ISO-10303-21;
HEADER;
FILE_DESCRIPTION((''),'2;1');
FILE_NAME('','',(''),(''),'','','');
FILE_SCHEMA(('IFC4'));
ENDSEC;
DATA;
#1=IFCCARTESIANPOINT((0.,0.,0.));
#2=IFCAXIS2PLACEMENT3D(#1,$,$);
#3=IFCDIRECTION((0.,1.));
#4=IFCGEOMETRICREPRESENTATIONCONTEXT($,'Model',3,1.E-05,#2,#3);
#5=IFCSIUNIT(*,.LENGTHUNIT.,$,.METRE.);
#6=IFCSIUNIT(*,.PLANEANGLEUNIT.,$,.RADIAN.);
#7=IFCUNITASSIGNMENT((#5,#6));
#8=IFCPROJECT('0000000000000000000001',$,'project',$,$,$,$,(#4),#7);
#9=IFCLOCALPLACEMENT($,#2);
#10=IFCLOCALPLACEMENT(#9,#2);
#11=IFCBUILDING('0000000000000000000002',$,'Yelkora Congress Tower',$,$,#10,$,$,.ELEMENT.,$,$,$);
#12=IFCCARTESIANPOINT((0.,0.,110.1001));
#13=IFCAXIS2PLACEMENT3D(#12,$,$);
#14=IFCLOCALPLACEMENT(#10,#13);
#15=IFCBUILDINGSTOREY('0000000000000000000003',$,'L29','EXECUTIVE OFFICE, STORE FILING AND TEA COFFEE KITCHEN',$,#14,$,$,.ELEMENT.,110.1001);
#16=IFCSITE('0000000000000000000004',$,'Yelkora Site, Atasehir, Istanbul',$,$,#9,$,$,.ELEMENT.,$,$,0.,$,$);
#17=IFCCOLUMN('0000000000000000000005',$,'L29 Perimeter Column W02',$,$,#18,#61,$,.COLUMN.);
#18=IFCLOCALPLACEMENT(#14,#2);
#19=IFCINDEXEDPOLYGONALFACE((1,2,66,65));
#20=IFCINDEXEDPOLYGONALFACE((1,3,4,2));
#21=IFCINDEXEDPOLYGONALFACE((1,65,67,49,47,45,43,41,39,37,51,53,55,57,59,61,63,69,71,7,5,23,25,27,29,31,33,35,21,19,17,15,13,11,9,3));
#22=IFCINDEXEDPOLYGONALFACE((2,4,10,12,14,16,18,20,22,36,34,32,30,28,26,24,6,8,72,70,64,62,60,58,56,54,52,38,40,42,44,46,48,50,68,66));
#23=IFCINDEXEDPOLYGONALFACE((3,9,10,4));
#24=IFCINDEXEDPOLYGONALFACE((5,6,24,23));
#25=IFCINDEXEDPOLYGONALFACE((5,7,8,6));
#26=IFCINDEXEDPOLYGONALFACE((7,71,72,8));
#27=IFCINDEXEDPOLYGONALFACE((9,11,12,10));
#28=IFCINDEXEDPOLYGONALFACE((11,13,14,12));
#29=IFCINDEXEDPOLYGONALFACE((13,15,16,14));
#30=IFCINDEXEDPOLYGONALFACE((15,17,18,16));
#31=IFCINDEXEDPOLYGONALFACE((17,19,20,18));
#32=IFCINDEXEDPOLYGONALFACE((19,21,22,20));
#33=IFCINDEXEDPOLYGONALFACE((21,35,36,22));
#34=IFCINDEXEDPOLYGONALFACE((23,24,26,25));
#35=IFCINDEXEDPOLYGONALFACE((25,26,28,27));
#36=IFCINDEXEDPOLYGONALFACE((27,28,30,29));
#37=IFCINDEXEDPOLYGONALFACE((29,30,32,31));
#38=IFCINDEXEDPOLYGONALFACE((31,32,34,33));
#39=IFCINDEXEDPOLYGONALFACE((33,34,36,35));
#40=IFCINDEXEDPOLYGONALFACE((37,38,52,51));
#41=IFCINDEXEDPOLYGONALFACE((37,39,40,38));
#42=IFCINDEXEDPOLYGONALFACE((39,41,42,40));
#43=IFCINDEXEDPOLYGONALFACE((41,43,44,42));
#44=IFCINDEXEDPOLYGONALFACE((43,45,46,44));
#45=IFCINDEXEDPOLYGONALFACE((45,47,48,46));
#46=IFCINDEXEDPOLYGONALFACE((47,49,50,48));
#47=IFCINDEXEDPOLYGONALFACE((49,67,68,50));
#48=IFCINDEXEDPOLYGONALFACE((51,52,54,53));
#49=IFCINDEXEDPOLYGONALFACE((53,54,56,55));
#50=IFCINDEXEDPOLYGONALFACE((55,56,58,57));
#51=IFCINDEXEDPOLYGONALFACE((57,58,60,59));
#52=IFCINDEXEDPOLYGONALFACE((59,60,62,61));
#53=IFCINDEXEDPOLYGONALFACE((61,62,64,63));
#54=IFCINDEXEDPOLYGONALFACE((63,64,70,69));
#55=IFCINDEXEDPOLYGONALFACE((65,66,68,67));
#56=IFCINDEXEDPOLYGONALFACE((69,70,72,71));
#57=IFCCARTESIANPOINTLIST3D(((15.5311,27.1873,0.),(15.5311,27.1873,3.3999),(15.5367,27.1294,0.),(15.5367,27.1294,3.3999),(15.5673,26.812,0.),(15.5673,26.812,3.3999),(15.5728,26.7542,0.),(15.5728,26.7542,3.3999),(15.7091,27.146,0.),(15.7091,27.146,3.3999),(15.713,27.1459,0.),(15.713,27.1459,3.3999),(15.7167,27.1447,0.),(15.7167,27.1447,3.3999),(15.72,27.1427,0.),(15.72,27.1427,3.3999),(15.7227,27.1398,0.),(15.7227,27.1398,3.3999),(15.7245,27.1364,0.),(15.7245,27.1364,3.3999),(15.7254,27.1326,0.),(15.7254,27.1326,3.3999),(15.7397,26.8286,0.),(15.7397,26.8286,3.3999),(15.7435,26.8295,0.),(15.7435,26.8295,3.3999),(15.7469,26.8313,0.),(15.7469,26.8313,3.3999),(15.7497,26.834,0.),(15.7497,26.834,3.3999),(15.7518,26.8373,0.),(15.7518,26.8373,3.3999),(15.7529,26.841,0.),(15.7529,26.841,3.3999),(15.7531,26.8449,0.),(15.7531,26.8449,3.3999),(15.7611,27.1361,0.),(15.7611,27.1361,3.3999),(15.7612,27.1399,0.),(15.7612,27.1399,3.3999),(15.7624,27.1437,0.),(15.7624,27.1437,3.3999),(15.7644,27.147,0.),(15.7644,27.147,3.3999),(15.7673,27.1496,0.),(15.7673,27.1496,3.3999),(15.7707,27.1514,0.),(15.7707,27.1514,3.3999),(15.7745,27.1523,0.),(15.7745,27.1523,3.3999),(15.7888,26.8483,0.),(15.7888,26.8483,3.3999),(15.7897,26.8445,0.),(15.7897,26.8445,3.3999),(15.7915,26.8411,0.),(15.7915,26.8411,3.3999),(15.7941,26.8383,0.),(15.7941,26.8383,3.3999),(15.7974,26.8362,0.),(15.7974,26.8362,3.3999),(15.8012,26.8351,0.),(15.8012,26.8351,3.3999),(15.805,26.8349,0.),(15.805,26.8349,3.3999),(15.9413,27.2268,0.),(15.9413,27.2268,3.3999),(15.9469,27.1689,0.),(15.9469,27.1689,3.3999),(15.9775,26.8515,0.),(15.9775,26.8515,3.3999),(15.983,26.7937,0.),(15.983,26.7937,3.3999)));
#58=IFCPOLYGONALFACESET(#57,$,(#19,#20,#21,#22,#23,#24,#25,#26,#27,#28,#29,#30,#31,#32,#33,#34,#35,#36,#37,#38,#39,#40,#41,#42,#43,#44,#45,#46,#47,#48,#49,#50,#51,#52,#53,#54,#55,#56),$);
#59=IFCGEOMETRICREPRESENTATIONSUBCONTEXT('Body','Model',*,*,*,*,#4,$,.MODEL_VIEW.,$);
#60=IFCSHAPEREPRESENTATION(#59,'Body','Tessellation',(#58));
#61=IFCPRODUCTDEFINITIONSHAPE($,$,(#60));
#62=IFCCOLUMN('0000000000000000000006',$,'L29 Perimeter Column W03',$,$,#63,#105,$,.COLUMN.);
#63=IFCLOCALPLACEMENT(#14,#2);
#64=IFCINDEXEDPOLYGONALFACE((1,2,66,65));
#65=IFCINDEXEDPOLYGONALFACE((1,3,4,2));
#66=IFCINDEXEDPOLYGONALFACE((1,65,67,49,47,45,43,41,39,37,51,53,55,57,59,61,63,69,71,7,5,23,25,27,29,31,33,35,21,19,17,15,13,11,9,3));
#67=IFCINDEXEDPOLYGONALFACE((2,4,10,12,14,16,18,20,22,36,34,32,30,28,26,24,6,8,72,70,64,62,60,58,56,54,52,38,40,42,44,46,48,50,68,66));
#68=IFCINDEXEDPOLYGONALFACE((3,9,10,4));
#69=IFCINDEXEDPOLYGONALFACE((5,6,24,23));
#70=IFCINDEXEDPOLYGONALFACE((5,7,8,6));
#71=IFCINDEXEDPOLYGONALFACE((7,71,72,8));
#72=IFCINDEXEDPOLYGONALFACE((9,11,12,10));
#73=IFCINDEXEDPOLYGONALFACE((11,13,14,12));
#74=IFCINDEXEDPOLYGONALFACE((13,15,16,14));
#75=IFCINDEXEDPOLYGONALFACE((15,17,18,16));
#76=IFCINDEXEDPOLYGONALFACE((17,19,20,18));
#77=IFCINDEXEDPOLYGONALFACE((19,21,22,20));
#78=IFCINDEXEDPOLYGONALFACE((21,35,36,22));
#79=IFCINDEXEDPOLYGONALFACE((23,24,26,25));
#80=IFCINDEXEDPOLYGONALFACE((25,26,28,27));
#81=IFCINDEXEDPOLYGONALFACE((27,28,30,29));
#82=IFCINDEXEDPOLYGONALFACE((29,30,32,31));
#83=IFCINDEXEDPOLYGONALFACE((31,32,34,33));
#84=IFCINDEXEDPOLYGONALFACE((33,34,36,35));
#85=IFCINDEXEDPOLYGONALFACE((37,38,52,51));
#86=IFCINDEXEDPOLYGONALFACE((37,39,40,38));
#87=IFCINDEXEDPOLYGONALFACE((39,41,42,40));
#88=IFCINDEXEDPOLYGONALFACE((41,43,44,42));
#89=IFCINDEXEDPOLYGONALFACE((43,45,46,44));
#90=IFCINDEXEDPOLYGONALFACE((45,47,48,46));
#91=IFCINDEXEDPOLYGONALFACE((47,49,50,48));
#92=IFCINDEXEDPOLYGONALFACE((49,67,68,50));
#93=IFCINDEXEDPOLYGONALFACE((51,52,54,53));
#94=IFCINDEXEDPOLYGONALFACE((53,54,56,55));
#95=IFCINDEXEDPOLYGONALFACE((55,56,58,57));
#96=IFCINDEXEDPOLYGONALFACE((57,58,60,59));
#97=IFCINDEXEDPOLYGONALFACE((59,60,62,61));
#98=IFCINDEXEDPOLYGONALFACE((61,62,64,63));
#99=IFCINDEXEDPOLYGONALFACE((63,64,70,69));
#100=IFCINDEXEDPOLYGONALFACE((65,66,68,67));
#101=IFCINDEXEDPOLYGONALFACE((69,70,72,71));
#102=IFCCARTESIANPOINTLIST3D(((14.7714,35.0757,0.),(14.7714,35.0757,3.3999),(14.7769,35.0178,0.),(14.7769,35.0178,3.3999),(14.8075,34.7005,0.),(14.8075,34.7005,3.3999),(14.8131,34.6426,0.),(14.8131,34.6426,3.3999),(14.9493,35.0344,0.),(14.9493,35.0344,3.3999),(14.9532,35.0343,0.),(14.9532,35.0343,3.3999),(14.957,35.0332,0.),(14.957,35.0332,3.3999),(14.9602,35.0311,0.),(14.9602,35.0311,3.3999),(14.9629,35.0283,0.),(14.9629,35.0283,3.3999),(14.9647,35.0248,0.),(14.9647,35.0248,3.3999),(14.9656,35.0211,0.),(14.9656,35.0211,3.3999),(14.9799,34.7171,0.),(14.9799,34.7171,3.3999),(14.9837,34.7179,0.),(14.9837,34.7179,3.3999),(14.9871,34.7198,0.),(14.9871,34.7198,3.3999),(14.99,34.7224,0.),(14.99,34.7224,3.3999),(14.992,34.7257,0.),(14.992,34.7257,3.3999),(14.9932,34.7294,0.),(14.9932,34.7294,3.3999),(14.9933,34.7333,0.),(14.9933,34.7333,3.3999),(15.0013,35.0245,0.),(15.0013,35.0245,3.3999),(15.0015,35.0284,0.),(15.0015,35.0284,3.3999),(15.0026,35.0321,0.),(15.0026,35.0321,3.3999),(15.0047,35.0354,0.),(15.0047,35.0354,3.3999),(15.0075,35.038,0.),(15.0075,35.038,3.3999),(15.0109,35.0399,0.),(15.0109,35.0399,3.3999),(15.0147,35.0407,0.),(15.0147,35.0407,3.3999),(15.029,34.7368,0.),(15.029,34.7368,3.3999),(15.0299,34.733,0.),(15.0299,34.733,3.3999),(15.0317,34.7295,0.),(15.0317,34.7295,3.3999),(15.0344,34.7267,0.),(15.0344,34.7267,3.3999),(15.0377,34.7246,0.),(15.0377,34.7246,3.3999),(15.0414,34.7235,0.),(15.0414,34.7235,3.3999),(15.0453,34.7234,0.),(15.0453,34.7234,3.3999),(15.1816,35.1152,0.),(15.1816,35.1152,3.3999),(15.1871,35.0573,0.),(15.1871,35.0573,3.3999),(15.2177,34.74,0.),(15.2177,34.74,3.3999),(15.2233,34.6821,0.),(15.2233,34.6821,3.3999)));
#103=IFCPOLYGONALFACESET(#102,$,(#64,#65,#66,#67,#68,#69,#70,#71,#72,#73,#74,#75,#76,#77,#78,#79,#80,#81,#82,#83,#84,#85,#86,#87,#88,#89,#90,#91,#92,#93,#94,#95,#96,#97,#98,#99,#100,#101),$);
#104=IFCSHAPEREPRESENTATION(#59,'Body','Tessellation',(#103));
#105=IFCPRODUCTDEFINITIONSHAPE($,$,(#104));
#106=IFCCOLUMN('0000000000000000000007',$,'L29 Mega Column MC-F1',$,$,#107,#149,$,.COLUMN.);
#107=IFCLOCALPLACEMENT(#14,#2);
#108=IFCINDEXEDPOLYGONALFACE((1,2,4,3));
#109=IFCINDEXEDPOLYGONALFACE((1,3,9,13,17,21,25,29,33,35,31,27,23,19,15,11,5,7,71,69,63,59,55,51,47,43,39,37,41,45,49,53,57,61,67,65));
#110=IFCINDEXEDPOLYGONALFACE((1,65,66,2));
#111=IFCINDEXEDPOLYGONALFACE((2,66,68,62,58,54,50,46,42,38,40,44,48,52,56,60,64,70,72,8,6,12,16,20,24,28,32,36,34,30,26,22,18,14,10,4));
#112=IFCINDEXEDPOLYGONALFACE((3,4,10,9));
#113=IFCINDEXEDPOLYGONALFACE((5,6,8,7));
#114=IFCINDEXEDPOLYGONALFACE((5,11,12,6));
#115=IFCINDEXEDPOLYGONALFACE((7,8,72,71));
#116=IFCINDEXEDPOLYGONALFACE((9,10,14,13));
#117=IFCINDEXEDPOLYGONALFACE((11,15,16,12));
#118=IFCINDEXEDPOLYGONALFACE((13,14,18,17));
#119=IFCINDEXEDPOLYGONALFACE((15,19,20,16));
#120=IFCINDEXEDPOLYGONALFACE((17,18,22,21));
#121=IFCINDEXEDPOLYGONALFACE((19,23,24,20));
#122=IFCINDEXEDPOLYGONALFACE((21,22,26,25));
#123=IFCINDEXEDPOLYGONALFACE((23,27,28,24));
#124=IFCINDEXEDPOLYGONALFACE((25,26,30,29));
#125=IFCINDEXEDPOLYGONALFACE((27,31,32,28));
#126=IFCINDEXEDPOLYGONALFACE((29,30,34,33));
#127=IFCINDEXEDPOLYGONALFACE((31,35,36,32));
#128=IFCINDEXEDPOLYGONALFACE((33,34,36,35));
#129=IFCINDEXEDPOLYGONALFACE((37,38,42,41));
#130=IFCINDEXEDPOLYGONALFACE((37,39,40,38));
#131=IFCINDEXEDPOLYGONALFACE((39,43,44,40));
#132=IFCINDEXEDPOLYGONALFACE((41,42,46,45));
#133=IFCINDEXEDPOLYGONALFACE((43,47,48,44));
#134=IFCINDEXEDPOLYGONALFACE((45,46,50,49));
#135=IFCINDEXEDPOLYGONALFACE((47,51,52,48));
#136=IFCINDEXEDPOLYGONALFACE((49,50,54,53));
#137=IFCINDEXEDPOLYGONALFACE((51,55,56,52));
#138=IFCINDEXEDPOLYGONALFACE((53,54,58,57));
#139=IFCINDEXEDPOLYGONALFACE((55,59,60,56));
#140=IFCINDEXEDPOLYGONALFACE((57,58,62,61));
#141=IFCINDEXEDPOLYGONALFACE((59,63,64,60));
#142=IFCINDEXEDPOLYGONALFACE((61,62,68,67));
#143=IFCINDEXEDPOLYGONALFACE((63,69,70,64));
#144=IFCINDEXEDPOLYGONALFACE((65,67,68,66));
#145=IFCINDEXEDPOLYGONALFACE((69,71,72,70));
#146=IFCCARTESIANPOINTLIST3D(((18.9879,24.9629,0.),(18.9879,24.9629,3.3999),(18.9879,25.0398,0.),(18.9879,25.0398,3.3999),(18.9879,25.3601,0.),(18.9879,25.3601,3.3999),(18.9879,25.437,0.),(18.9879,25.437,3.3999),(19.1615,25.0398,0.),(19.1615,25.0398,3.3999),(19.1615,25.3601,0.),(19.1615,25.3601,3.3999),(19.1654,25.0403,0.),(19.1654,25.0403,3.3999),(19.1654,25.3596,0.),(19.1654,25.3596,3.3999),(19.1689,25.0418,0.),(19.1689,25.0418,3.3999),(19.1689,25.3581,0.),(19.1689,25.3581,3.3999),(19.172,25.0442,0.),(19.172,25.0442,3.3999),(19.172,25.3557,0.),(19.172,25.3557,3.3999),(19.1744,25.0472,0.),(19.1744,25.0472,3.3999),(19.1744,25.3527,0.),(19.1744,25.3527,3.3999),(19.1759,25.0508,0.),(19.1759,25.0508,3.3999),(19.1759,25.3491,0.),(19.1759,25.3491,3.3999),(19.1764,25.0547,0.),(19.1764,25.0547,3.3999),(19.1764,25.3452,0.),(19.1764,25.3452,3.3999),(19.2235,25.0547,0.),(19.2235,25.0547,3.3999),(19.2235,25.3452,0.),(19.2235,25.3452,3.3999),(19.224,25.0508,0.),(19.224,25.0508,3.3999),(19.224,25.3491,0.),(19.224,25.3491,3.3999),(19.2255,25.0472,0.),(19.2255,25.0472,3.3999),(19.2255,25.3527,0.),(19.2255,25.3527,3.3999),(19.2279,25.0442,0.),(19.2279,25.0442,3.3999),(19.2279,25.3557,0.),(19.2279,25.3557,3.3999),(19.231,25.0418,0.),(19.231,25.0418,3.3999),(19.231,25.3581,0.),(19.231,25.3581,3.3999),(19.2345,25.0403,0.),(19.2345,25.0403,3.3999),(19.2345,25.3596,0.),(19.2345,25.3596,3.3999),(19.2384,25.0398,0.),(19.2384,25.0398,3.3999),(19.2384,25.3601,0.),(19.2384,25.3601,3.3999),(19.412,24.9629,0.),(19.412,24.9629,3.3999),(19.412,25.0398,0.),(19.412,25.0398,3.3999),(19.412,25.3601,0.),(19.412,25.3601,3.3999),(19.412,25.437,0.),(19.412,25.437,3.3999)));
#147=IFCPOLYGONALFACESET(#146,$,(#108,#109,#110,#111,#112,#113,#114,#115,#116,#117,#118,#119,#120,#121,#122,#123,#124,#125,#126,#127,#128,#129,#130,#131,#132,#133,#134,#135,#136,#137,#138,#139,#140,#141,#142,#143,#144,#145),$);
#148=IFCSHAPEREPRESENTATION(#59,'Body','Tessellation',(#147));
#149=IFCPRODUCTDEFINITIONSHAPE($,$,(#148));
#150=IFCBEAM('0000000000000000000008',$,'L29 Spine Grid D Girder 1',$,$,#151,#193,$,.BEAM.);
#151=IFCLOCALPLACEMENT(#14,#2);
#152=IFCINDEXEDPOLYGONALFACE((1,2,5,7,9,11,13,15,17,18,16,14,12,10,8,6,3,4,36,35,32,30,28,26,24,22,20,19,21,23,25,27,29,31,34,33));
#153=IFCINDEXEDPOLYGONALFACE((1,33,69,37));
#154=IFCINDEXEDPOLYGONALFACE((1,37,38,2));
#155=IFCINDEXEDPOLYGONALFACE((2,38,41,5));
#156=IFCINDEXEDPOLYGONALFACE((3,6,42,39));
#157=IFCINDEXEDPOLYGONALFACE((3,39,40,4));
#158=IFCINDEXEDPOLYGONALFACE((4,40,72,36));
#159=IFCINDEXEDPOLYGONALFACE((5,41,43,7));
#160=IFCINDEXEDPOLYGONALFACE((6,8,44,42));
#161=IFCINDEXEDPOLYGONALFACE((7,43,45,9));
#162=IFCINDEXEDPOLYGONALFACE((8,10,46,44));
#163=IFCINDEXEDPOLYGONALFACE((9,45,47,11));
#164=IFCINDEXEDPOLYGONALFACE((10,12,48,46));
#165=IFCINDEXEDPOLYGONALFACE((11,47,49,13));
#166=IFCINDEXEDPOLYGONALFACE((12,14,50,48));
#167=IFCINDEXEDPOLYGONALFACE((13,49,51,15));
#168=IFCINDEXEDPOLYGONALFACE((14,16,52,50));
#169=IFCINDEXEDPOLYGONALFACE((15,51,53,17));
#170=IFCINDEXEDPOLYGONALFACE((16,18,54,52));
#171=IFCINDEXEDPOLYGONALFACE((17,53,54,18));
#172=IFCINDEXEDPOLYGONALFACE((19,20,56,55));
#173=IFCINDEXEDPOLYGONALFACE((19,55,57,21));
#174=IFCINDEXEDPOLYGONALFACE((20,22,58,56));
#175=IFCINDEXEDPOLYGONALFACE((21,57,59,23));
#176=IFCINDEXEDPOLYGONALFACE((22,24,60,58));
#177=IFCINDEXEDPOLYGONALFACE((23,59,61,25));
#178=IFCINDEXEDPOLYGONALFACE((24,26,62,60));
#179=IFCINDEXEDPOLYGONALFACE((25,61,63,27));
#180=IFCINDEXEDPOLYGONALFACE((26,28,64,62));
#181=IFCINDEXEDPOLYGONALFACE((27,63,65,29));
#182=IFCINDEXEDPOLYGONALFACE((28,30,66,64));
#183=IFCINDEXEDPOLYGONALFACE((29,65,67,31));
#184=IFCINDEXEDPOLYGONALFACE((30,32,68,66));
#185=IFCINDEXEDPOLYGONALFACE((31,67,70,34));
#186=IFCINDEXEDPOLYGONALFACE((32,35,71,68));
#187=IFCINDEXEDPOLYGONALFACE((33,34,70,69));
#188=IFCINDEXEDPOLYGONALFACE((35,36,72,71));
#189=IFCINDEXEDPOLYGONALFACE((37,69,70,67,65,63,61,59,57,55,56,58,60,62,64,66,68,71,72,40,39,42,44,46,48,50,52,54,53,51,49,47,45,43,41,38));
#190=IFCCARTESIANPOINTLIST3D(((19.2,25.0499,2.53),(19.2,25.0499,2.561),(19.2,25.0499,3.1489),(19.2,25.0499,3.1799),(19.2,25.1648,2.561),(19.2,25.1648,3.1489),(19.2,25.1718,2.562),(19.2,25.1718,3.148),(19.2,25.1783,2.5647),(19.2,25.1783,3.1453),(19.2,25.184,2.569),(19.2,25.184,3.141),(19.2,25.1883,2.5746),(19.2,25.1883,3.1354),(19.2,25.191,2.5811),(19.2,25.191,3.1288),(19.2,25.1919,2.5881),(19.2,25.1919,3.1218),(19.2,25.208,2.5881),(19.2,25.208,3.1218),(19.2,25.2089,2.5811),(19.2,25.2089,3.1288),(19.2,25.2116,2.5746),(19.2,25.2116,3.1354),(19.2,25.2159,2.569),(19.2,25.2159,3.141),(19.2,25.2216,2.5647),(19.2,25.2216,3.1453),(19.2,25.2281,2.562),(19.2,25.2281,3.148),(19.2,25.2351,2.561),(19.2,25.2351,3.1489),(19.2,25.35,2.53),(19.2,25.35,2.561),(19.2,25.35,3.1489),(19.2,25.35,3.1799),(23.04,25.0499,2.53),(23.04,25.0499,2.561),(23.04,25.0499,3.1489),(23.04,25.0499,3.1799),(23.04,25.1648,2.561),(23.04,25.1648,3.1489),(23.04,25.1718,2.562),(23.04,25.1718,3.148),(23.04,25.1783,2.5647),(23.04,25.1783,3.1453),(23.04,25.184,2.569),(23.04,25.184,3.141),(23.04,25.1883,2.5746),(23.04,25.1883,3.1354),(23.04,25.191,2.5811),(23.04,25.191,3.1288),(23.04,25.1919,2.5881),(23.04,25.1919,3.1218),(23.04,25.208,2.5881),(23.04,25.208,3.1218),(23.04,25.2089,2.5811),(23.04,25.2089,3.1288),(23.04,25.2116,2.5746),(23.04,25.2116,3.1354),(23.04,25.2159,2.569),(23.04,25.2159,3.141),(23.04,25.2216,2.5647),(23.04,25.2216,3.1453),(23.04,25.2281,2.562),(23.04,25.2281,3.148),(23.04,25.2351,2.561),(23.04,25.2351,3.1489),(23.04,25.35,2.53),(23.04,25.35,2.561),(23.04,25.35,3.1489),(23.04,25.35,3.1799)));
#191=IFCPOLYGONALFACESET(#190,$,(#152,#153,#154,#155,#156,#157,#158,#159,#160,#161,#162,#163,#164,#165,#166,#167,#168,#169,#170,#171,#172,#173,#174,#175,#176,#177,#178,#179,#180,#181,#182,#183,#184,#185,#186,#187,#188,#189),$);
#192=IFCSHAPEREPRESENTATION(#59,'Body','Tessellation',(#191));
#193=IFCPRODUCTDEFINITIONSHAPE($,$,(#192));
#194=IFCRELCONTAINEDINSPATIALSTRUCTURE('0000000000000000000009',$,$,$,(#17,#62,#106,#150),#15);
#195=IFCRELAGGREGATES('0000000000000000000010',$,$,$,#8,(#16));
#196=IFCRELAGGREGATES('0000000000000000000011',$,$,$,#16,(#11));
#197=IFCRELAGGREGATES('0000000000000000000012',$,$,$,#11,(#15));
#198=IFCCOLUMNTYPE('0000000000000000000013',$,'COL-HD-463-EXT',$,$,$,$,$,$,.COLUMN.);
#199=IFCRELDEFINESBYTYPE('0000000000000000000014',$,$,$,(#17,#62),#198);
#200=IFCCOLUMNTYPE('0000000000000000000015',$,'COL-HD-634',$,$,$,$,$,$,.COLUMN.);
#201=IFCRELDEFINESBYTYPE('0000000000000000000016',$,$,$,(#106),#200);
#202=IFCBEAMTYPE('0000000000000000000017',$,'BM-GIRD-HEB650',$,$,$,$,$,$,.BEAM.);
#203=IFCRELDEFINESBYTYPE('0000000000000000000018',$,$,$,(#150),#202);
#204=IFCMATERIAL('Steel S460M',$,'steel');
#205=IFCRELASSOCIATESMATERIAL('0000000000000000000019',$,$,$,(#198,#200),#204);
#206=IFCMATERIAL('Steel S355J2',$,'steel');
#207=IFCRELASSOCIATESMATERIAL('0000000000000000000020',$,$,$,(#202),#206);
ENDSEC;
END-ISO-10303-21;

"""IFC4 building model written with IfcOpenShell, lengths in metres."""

from ifc_helpers import new_model, si_unit, direction, frame, origin, origin_2d, place, context, subcontext, project, spatial, i_section, extrude, material, material_profile, profile_set, type_object, element, save


model = new_model("IFC4")

# Units and contexts
model_context = context("Model", 3, precision=1e-05, world=origin(), true_north=direction((0.0, 1.0)))
body_context = subcontext(model_context, "Body", "Model", "MODEL_VIEW")
ifc_project = project(units=[si_unit("LENGTHUNIT", "METRE"), si_unit("PLANEANGLEUNIT", "RADIAN")], contexts=[model_context])

# Site, building, storey
site_placement = place(None, origin())
site = spatial("IfcSite", under=ifc_project, at=site_placement, Name="Yelkora Site, Atasehir, Istanbul", CompositionType="ELEMENT", RefElevation=0.0)
building_placement = place(site_placement, origin())
building = spatial("IfcBuilding", under=site, at=building_placement, Name="Yelkora Congress Tower", CompositionType="ELEMENT")
storey_placement = place(building_placement, frame((0.0, 0.0, 110.1001)))
storey = spatial("IfcBuildingStorey", under=building, at=storey_placement, Name="L29", Description="EXECUTIVE OFFICE, STORE FILING AND TEA COFFEE KITCHEN", CompositionType="ELEMENT", Elevation=110.1001)

# Columns
ifc_material_1 = material(Name="Steel S460M", Category="steel")
ifc_material_profile_1 = material_profile(ifc_material_1, i_section(OverallWidth=0.4121, OverallDepth=0.4351, WebThickness=0.0359, FlangeThickness=0.0581, FilletRadius=0.0149, at=origin_2d()), Name="HD 400x463")
ifc_profile_set_1 = profile_set([ifc_material_profile_1], Name="Steel S460M")
column_type_1 = type_object("IfcColumnType", Name="COL-HD-463-EXT", PredefinedType="COLUMN", material=ifc_profile_set_1)
for number, where, z_axis, x_axis, name in (
    (1, (15.7571, 26.9905, 0.0), (0.0, 0.0, 1.0), (0.995396, 0.095846, 0.0), "L29 Perimeter Column W02"),
    (2, (14.9973, 34.8789, 0.0), (0.0, 0.0, 1.0), (0.995396, 0.095846, 0.0), "L29 Perimeter Column W03"),
):
    element("IfcColumn", number, at=place(storey_placement, frame(where, z_axis=z_axis, x_axis=x_axis)), inside=storey, type_object=column_type_1, Name=name, PredefinedType="COLUMN", context=body_context, shape_type="SweptSolid", body=[
        extrude(i_section(OverallWidth=0.4121, OverallDepth=0.4351, WebThickness=0.0359, FlangeThickness=0.0581, FilletRadius=0.0149, at=origin_2d()), origin(), (0.0, 0.0, 1.0), 3.3999),
    ])
ifc_material_profile_2 = material_profile(ifc_material_1, i_section(OverallWidth=0.4241, OverallDepth=0.4741, WebThickness=0.0471, FlangeThickness=0.0769, FilletRadius=0.0149, at=origin_2d()), Name="HD 400x634")
ifc_profile_set_2 = profile_set([ifc_material_profile_2], Name="Steel S460M")
column_type_2 = type_object("IfcColumnType", Name="COL-HD-634", PredefinedType="COLUMN", material=ifc_profile_set_2)
column_placement = place(storey_placement, frame((19.2, 25.2, 0.0), z_axis=(0.0, 0.0, 1.0), x_axis=(1.0, 0.0, 0.0)))
element("IfcColumn", 3, at=column_placement, inside=storey, type_object=column_type_2, Name="L29 Mega Column MC-F1", PredefinedType="COLUMN", context=body_context, shape_type="SweptSolid", body=[
    extrude(i_section(OverallWidth=0.4241, OverallDepth=0.4741, WebThickness=0.0471, FlangeThickness=0.0769, FilletRadius=0.0149, at=origin_2d()), origin(), (0.0, 0.0, 1.0), 3.3999),
])

# Beam
ifc_material_2 = material(Name="Steel S355J2", Category="steel")
ifc_material_profile_3 = material_profile(ifc_material_2, i_section(OverallWidth=0.3, OverallDepth=0.6499, WebThickness=0.0161, FlangeThickness=0.031, FilletRadius=0.0271, at=origin_2d()), Name="HEB 650")
ifc_profile_set_3 = profile_set([ifc_material_profile_3], Name="Steel S355J2")
beam_type_1 = type_object("IfcBeamType", Name="BM-GIRD-HEB650", PredefinedType="BEAM", material=ifc_profile_set_3)
beam_1_placement = place(storey_placement, frame((19.2, 25.2, 2.855), z_axis=(1.0, 0.0, 0.0), x_axis=(0.0, 1.0, 0.0)))
element("IfcBeam", 4, at=beam_1_placement, inside=storey, type_object=beam_type_1, Name="L29 Spine Grid D Girder 1", PredefinedType="BEAM", context=body_context, shape_type="SweptSolid", body=[
    extrude(i_section(OverallWidth=0.3, OverallDepth=0.6499, WebThickness=0.0161, FlangeThickness=0.031, FilletRadius=0.0271, at=origin_2d()), origin(), (0.0, 0.0, 1.0), 3.8401),
])

save(model, "model.ifc")
